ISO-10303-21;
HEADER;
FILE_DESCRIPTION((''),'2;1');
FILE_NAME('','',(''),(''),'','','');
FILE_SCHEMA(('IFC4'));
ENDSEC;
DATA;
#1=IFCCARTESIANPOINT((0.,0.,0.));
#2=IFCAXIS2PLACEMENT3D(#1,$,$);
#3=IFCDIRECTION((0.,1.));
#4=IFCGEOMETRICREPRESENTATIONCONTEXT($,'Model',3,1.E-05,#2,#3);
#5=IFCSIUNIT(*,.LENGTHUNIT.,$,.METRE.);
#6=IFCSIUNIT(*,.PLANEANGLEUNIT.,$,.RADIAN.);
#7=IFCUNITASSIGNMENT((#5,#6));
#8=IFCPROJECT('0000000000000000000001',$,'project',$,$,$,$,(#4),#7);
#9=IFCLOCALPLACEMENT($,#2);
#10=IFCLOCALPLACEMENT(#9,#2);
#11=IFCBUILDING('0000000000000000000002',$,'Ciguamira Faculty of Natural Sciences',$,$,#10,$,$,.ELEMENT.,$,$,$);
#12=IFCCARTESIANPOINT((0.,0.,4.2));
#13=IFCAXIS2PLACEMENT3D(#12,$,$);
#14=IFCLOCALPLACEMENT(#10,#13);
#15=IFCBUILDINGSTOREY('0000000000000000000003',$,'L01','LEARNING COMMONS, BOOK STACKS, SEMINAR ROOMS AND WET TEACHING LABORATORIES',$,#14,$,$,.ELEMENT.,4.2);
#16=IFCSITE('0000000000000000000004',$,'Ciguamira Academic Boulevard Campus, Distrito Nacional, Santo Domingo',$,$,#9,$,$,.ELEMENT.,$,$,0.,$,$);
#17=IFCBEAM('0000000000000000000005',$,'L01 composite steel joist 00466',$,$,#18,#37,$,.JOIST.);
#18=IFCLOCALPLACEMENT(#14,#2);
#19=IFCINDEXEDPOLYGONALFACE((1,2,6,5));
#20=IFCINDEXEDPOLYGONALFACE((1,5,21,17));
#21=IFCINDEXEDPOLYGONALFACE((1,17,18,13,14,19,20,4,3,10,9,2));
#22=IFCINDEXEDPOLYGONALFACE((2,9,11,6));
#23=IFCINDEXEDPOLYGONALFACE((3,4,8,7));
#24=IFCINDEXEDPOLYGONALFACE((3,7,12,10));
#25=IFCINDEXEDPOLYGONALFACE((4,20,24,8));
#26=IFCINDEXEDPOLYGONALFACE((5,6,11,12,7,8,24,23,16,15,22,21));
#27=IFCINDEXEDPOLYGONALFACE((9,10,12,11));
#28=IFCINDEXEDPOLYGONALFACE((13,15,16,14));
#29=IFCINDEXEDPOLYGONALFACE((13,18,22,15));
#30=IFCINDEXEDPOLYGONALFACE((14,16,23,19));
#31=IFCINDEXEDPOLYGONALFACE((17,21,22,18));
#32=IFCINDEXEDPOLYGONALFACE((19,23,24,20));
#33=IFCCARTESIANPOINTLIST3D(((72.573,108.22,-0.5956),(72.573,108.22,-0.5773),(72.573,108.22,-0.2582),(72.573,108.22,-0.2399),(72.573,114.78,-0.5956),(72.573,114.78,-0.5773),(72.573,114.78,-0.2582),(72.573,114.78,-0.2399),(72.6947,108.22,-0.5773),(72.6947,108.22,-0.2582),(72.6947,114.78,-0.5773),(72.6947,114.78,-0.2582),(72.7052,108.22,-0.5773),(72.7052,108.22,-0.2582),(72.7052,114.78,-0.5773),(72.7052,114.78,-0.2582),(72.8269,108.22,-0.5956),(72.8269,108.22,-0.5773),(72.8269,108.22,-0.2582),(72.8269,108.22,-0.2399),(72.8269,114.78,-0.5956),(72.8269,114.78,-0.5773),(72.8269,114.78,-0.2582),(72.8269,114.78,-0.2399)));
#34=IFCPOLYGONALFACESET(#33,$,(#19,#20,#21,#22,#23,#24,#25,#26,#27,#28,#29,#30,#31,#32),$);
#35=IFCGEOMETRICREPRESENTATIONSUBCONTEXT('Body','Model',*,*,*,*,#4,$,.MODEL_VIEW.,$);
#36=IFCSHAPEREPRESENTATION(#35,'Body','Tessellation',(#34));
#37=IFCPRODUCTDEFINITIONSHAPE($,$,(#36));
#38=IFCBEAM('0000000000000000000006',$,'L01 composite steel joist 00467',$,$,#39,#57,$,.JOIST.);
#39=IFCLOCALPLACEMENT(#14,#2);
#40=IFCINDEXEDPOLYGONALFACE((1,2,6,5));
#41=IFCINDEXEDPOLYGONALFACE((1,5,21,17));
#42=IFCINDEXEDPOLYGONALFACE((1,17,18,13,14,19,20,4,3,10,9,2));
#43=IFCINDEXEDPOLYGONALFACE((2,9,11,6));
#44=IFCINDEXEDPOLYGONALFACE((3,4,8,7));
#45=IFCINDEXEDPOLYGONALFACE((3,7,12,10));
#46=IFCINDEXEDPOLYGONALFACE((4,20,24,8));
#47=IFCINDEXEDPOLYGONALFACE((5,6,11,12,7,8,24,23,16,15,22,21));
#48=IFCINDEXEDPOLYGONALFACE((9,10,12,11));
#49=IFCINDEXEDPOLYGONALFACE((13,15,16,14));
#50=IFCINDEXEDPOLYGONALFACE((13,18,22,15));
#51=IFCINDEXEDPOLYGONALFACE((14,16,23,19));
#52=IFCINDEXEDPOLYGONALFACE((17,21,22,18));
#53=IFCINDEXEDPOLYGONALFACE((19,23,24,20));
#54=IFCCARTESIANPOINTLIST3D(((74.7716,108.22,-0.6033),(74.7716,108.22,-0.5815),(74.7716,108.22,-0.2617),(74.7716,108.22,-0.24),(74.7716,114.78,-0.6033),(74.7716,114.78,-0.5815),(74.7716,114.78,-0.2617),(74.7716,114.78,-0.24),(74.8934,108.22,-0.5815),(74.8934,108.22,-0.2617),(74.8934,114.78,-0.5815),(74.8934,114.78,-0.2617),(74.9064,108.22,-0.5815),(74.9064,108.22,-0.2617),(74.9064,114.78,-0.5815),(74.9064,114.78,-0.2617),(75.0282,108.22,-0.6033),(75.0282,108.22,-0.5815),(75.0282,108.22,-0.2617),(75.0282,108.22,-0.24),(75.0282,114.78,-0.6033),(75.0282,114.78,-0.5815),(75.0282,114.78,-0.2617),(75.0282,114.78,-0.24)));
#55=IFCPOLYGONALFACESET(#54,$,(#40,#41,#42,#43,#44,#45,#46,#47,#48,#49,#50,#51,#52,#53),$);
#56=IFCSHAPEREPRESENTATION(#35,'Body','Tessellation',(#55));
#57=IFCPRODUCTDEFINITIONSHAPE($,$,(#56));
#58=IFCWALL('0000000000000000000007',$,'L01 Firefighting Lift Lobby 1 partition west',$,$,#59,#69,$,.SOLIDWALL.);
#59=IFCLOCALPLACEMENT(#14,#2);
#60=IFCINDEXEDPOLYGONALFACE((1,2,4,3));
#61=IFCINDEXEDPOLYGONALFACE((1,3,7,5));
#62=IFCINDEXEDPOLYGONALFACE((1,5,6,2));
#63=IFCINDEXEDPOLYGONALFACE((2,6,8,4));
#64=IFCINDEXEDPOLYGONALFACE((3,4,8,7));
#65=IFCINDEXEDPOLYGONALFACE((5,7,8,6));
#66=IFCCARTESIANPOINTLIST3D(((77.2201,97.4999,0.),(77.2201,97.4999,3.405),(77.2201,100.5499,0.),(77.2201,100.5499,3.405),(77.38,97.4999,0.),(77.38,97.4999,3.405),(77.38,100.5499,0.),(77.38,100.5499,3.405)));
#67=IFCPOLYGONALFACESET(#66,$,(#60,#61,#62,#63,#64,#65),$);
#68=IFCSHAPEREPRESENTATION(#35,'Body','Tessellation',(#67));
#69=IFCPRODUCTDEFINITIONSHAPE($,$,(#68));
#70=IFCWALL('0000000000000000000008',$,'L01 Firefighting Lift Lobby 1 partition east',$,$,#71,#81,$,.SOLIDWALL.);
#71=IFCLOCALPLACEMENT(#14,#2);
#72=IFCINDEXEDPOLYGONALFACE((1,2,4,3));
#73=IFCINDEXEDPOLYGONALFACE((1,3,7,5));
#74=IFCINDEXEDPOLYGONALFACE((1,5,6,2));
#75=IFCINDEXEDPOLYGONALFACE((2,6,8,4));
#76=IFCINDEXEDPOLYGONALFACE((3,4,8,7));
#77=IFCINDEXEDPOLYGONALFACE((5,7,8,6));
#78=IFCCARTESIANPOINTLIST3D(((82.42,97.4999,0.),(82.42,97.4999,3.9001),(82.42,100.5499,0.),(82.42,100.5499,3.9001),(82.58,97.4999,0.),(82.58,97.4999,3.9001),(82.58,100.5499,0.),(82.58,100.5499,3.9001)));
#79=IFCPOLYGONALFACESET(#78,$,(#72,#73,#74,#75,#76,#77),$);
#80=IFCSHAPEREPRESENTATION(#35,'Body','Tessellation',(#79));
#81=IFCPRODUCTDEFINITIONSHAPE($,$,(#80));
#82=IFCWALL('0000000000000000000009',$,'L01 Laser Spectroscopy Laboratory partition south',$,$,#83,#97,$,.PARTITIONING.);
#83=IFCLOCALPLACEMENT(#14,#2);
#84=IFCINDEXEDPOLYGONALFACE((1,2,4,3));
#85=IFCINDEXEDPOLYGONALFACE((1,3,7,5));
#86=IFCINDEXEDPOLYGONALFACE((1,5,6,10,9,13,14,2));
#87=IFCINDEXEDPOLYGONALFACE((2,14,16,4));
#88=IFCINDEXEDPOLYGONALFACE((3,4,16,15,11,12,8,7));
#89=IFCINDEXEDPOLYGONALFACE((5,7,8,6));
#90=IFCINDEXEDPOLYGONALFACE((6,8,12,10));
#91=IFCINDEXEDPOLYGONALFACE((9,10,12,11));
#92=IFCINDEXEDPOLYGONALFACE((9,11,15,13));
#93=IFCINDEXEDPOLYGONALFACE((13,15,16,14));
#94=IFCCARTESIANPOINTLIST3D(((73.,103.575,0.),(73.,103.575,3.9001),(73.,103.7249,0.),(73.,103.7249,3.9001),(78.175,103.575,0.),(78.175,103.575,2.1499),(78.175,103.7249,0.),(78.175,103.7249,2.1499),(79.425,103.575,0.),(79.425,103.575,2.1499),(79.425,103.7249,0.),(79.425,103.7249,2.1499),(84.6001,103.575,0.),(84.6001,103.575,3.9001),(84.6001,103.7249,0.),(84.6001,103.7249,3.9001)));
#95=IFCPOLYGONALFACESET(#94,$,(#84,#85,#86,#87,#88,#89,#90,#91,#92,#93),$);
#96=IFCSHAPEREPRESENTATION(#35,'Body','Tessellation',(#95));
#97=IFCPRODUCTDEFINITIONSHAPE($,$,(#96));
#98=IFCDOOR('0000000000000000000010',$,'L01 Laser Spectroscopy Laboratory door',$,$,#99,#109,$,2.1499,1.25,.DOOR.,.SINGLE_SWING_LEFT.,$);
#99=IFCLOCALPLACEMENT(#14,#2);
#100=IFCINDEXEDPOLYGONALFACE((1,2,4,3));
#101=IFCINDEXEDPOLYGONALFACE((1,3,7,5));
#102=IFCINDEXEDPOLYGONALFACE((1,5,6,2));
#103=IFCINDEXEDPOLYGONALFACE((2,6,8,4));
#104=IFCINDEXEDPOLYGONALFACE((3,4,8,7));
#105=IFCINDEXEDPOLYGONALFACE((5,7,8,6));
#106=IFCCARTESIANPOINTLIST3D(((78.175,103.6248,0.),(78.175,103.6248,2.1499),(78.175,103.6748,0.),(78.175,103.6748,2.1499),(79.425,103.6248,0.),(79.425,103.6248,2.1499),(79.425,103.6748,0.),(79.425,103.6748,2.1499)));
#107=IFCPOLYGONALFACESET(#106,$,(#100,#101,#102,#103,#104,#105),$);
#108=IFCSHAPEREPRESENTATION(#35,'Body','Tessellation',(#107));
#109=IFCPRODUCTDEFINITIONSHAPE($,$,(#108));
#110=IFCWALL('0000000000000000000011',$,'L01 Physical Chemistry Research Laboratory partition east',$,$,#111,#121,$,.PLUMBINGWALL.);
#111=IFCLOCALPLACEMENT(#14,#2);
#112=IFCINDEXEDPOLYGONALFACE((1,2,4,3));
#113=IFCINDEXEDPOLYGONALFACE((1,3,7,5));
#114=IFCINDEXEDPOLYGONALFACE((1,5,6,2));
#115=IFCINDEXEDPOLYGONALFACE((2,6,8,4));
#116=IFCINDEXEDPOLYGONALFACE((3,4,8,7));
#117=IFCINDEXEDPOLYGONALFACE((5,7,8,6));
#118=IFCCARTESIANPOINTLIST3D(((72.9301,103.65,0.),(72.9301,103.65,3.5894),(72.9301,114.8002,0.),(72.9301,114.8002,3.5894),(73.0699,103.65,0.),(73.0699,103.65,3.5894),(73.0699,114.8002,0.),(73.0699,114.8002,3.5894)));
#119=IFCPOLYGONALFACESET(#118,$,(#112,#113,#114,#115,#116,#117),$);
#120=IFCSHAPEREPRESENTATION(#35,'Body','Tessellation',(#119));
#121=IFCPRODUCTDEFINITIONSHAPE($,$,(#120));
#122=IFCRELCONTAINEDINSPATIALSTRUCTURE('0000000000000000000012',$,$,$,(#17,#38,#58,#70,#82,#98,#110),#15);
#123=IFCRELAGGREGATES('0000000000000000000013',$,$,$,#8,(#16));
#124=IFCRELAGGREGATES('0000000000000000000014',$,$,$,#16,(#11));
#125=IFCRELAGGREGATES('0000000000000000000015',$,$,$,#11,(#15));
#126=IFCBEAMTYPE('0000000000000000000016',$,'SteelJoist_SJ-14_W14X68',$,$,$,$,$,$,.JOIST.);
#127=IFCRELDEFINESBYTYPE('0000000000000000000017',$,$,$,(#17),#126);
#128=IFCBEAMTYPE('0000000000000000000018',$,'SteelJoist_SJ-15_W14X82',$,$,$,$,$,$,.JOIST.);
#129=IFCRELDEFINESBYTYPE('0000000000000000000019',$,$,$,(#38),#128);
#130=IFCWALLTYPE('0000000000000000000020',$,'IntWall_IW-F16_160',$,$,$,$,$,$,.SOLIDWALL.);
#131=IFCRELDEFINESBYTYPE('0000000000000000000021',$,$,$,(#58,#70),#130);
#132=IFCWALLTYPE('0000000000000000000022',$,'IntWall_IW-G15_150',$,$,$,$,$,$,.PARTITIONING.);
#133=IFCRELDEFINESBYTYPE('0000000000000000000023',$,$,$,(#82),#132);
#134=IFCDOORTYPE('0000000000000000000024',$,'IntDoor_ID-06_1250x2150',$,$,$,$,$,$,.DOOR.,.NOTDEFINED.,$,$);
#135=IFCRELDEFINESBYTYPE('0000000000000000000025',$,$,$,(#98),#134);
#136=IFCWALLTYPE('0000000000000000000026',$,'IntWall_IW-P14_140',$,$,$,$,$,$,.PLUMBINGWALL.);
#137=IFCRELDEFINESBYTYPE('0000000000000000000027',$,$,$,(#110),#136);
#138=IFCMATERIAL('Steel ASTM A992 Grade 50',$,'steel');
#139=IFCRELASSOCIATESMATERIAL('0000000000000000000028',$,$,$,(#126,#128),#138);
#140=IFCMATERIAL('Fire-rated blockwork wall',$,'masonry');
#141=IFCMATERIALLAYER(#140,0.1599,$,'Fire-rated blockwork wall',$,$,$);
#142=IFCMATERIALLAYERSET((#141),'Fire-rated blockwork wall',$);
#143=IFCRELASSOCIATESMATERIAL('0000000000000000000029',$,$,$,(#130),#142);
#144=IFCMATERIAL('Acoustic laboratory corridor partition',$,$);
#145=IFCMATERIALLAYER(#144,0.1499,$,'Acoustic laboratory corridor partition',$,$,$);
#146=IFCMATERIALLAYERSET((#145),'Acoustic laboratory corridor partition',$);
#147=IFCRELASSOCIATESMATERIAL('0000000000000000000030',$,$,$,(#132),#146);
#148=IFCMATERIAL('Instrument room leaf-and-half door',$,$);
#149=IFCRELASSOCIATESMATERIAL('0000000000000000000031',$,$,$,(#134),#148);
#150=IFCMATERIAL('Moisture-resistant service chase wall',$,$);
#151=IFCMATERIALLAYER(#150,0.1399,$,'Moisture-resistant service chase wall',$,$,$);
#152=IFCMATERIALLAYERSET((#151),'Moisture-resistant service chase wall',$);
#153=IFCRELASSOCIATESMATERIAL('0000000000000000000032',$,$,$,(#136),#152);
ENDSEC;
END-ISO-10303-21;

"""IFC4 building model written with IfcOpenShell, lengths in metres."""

from ifc_helpers import new_model, si_unit, direction, frame, frame_2d, origin, origin_2d, place, context, subcontext, project, spatial, rectangle, i_section, extrude, material, layer, layer_set, material_profile, profile_set, type_object, element, fill, save


model = new_model("IFC4")

# Units and contexts
model_context = context("Model", 3, precision=1e-05, world=origin(), true_north=direction((0.0, 1.0)))
body_context = subcontext(model_context, "Body", "Model", "MODEL_VIEW")
ifc_project = project(units=[si_unit("LENGTHUNIT", "METRE"), si_unit("PLANEANGLEUNIT", "RADIAN")], contexts=[model_context])

# Site, building, storey
site_placement = place(None, origin())
site = spatial("IfcSite", under=ifc_project, at=site_placement, Name="Ciguamira Academic Boulevard Campus, Distrito Nacional, Santo Domingo", CompositionType="ELEMENT", RefElevation=0.0)
building_placement = place(site_placement, origin())
building = spatial("IfcBuilding", under=site, at=building_placement, Name="Ciguamira Faculty of Natural Sciences", CompositionType="ELEMENT")
storey_placement = place(building_placement, frame((0.0, 0.0, 4.2)))
storey = spatial("IfcBuildingStorey", under=building, at=storey_placement, Name="L01", Description="LEARNING COMMONS, BOOK STACKS, SEMINAR ROOMS AND WET TEACHING LABORATORIES", CompositionType="ELEMENT", Elevation=4.2)

# Beams
ifc_material_1 = material(Name="Steel ASTM A992 Grade 50", Category="steel")
ifc_material_profile_1 = material_profile(ifc_material_1, i_section(OverallWidth=0.2539, OverallDepth=0.3557, WebThickness=0.0105, FlangeThickness=0.0183, at=origin_2d()), Name="W14X68")
ifc_profile_set_1 = profile_set([ifc_material_profile_1], Name="Steel ASTM A992 Grade 50")
beam_type_1 = type_object("IfcBeamType", Name="SteelJoist_SJ-14_W14X68", PredefinedType="JOIST", material=ifc_profile_set_1)
beam_1_placement = place(storey_placement, frame((72.7, 108.22, -0.4177), z_axis=(0.0, 1.0, 0.0), x_axis=(-1.0, 0.0, 0.0)))
element("IfcBeam", 1, at=beam_1_placement, inside=storey, type_object=beam_type_1, Name="L01 composite steel joist 00466", PredefinedType="JOIST", context=body_context, shape_type="SweptSolid", body=[
    extrude(i_section(OverallWidth=0.2539, OverallDepth=0.3557, WebThickness=0.0105, FlangeThickness=0.0183, at=origin_2d()), origin(), (0.0, 0.0, 1.0), 6.5601),
])
ifc_material_profile_2 = material_profile(ifc_material_1, i_section(OverallWidth=0.2566, OverallDepth=0.3633, WebThickness=0.0129, FlangeThickness=0.0217, at=origin_2d()), Name="W14X82")
ifc_profile_set_2 = profile_set([ifc_material_profile_2], Name="Steel ASTM A992 Grade 50")
beam_type_2 = type_object("IfcBeamType", Name="SteelJoist_SJ-15_W14X82", PredefinedType="JOIST", material=ifc_profile_set_2)
beam_2_placement = place(storey_placement, frame((74.8999, 108.22, -0.4216), z_axis=(0.0, 1.0, 0.0), x_axis=(-1.0, 0.0, 0.0)))
element("IfcBeam", 2, at=beam_2_placement, inside=storey, type_object=beam_type_2, Name="L01 composite steel joist 00467", PredefinedType="JOIST", context=body_context, shape_type="SweptSolid", body=[
    extrude(i_section(OverallWidth=0.2566, OverallDepth=0.3633, WebThickness=0.0129, FlangeThickness=0.0217, at=origin_2d()), origin(), (0.0, 0.0, 1.0), 6.5601),
])

# Shared definitions
ifc_material_2 = material(Name="Fire-rated blockwork wall", Category="masonry")
ifc_layer_1 = layer(ifc_material_2, 0.1599, Name="Fire-rated blockwork wall")
ifc_layer_set_1 = layer_set([ifc_layer_1], Name="Fire-rated blockwork wall")
wall_type_1 = type_object("IfcWallType", Name="IntWall_IW-F16_160", PredefinedType="SOLIDWALL", material=ifc_layer_set_1)

# Walls
wall_1_placement = place(storey_placement, frame((77.3, 97.5, 0.0), z_axis=(0.0, 0.0, 1.0), x_axis=(0.0, 1.0, 0.0)))
element("IfcWall", 3, at=wall_1_placement, inside=storey, type_object=wall_type_1, Name="L01 Firefighting Lift Lobby 1 partition west", PredefinedType="SOLIDWALL", context=body_context, shape_type="SweptSolid", body=[
    extrude(rectangle(XDim=3.05, YDim=0.1599, at=frame_2d((1.5249, 0.0))), origin(), (0.0, 0.0, 1.0), 3.405),
])
wall_2_placement = place(storey_placement, frame((82.5, 97.5, 0.0), z_axis=(0.0, 0.0, 1.0), x_axis=(0.0, 1.0, 0.0)))
element("IfcWall", 4, at=wall_2_placement, inside=storey, type_object=wall_type_1, Name="L01 Firefighting Lift Lobby 1 partition east", PredefinedType="SOLIDWALL", context=body_context, shape_type="SweptSolid", body=[
    extrude(rectangle(XDim=3.05, YDim=0.1599, at=frame_2d((1.5249, 0.0))), origin(), (0.0, 0.0, 1.0), 3.9001),
])

# Wall, opening, door
ifc_material_3 = material(Name="Acoustic laboratory corridor partition")
ifc_layer_2 = layer(ifc_material_3, 0.1499, Name="Acoustic laboratory corridor partition")
ifc_layer_set_2 = layer_set([ifc_layer_2], Name="Acoustic laboratory corridor partition")
wall_type_2 = type_object("IfcWallType", Name="IntWall_IW-G15_150", PredefinedType="PARTITIONING", material=ifc_layer_set_2)
wall_3_placement = place(storey_placement, frame((73.0, 103.6499, 0.0), z_axis=(0.0, 0.0, 1.0), x_axis=(1.0, 0.0, 0.0)))
wall_3 = element("IfcWall", 5, at=wall_3_placement, inside=storey, type_object=wall_type_2, Name="L01 Laser Spectroscopy Laboratory partition south", PredefinedType="PARTITIONING", context=body_context, shape_type="SweptSolid", body=[
    extrude(rectangle(XDim=11.6001, YDim=0.1499, at=frame_2d((5.8, 0.0))), origin(), (0.0, 0.0, 1.0), 3.9001),
])
opening_1_placement = place(wall_3_placement, frame((5.175, 0.0, 0.0)))
opening_1 = element("IfcOpeningElement", 6, at=opening_1_placement, cuts=wall_3, PredefinedType="OPENING", context=body_context, shape_type="SweptSolid", body=[
    extrude(rectangle(XDim=1.25, YDim=2.1499, at=frame_2d((0.625, 1.075))), frame((0.0, 0.085, 0.0), z_axis=(0.0, -1.0, 0.0), x_axis=(1.0, 0.0, 0.0)), (0.0, 0.0, 1.0), 0.1699),
])
ifc_material_4 = material(Name="Instrument room leaf-and-half door")
door_type_1 = type_object("IfcDoorType", Name="IntDoor_ID-06_1250x2150", OperationType="NOTDEFINED", PredefinedType="DOOR", material=ifc_material_4)
door_1_placement = place(opening_1_placement, origin())
door_1 = element("IfcDoor", 7, at=door_1_placement, inside=storey, type_object=door_type_1, Name="L01 Laser Spectroscopy Laboratory door", OperationType="SINGLE_SWING_LEFT", OverallHeight=2.1499, OverallWidth=1.25, PredefinedType="DOOR", context=body_context, shape_type="SweptSolid", body=[
    extrude(rectangle(XDim=1.25, YDim=2.1499, at=frame_2d((0.625, 1.075))), frame((0.0, 0.0249, 0.0), z_axis=(0.0, -1.0, 0.0), x_axis=(1.0, 0.0, 0.0)), (0.0, 0.0, 1.0), 0.05),
])
fill(opening_1, door_1)

# Wall
ifc_material_5 = material(Name="Moisture-resistant service chase wall")
ifc_layer_3 = layer(ifc_material_5, 0.1399, Name="Moisture-resistant service chase wall")
ifc_layer_set_3 = layer_set([ifc_layer_3], Name="Moisture-resistant service chase wall")
wall_type_3 = type_object("IfcWallType", Name="IntWall_IW-P14_140", PredefinedType="PLUMBINGWALL", material=ifc_layer_set_3)
wall_4_placement = place(storey_placement, frame((73.0, 103.6499, 0.0), z_axis=(0.0, 0.0, 1.0), x_axis=(0.0, 1.0, 0.0)))
element("IfcWall", 8, at=wall_4_placement, inside=storey, type_object=wall_type_3, Name="L01 Physical Chemistry Research Laboratory partition east", PredefinedType="PLUMBINGWALL", context=body_context, shape_type="SweptSolid", body=[
    extrude(rectangle(XDim=11.1501, YDim=0.1399, at=frame_2d((5.5752, 0.0))), origin(), (0.0, 0.0, 1.0), 3.5894),
])

save(model, "model.ifc")
